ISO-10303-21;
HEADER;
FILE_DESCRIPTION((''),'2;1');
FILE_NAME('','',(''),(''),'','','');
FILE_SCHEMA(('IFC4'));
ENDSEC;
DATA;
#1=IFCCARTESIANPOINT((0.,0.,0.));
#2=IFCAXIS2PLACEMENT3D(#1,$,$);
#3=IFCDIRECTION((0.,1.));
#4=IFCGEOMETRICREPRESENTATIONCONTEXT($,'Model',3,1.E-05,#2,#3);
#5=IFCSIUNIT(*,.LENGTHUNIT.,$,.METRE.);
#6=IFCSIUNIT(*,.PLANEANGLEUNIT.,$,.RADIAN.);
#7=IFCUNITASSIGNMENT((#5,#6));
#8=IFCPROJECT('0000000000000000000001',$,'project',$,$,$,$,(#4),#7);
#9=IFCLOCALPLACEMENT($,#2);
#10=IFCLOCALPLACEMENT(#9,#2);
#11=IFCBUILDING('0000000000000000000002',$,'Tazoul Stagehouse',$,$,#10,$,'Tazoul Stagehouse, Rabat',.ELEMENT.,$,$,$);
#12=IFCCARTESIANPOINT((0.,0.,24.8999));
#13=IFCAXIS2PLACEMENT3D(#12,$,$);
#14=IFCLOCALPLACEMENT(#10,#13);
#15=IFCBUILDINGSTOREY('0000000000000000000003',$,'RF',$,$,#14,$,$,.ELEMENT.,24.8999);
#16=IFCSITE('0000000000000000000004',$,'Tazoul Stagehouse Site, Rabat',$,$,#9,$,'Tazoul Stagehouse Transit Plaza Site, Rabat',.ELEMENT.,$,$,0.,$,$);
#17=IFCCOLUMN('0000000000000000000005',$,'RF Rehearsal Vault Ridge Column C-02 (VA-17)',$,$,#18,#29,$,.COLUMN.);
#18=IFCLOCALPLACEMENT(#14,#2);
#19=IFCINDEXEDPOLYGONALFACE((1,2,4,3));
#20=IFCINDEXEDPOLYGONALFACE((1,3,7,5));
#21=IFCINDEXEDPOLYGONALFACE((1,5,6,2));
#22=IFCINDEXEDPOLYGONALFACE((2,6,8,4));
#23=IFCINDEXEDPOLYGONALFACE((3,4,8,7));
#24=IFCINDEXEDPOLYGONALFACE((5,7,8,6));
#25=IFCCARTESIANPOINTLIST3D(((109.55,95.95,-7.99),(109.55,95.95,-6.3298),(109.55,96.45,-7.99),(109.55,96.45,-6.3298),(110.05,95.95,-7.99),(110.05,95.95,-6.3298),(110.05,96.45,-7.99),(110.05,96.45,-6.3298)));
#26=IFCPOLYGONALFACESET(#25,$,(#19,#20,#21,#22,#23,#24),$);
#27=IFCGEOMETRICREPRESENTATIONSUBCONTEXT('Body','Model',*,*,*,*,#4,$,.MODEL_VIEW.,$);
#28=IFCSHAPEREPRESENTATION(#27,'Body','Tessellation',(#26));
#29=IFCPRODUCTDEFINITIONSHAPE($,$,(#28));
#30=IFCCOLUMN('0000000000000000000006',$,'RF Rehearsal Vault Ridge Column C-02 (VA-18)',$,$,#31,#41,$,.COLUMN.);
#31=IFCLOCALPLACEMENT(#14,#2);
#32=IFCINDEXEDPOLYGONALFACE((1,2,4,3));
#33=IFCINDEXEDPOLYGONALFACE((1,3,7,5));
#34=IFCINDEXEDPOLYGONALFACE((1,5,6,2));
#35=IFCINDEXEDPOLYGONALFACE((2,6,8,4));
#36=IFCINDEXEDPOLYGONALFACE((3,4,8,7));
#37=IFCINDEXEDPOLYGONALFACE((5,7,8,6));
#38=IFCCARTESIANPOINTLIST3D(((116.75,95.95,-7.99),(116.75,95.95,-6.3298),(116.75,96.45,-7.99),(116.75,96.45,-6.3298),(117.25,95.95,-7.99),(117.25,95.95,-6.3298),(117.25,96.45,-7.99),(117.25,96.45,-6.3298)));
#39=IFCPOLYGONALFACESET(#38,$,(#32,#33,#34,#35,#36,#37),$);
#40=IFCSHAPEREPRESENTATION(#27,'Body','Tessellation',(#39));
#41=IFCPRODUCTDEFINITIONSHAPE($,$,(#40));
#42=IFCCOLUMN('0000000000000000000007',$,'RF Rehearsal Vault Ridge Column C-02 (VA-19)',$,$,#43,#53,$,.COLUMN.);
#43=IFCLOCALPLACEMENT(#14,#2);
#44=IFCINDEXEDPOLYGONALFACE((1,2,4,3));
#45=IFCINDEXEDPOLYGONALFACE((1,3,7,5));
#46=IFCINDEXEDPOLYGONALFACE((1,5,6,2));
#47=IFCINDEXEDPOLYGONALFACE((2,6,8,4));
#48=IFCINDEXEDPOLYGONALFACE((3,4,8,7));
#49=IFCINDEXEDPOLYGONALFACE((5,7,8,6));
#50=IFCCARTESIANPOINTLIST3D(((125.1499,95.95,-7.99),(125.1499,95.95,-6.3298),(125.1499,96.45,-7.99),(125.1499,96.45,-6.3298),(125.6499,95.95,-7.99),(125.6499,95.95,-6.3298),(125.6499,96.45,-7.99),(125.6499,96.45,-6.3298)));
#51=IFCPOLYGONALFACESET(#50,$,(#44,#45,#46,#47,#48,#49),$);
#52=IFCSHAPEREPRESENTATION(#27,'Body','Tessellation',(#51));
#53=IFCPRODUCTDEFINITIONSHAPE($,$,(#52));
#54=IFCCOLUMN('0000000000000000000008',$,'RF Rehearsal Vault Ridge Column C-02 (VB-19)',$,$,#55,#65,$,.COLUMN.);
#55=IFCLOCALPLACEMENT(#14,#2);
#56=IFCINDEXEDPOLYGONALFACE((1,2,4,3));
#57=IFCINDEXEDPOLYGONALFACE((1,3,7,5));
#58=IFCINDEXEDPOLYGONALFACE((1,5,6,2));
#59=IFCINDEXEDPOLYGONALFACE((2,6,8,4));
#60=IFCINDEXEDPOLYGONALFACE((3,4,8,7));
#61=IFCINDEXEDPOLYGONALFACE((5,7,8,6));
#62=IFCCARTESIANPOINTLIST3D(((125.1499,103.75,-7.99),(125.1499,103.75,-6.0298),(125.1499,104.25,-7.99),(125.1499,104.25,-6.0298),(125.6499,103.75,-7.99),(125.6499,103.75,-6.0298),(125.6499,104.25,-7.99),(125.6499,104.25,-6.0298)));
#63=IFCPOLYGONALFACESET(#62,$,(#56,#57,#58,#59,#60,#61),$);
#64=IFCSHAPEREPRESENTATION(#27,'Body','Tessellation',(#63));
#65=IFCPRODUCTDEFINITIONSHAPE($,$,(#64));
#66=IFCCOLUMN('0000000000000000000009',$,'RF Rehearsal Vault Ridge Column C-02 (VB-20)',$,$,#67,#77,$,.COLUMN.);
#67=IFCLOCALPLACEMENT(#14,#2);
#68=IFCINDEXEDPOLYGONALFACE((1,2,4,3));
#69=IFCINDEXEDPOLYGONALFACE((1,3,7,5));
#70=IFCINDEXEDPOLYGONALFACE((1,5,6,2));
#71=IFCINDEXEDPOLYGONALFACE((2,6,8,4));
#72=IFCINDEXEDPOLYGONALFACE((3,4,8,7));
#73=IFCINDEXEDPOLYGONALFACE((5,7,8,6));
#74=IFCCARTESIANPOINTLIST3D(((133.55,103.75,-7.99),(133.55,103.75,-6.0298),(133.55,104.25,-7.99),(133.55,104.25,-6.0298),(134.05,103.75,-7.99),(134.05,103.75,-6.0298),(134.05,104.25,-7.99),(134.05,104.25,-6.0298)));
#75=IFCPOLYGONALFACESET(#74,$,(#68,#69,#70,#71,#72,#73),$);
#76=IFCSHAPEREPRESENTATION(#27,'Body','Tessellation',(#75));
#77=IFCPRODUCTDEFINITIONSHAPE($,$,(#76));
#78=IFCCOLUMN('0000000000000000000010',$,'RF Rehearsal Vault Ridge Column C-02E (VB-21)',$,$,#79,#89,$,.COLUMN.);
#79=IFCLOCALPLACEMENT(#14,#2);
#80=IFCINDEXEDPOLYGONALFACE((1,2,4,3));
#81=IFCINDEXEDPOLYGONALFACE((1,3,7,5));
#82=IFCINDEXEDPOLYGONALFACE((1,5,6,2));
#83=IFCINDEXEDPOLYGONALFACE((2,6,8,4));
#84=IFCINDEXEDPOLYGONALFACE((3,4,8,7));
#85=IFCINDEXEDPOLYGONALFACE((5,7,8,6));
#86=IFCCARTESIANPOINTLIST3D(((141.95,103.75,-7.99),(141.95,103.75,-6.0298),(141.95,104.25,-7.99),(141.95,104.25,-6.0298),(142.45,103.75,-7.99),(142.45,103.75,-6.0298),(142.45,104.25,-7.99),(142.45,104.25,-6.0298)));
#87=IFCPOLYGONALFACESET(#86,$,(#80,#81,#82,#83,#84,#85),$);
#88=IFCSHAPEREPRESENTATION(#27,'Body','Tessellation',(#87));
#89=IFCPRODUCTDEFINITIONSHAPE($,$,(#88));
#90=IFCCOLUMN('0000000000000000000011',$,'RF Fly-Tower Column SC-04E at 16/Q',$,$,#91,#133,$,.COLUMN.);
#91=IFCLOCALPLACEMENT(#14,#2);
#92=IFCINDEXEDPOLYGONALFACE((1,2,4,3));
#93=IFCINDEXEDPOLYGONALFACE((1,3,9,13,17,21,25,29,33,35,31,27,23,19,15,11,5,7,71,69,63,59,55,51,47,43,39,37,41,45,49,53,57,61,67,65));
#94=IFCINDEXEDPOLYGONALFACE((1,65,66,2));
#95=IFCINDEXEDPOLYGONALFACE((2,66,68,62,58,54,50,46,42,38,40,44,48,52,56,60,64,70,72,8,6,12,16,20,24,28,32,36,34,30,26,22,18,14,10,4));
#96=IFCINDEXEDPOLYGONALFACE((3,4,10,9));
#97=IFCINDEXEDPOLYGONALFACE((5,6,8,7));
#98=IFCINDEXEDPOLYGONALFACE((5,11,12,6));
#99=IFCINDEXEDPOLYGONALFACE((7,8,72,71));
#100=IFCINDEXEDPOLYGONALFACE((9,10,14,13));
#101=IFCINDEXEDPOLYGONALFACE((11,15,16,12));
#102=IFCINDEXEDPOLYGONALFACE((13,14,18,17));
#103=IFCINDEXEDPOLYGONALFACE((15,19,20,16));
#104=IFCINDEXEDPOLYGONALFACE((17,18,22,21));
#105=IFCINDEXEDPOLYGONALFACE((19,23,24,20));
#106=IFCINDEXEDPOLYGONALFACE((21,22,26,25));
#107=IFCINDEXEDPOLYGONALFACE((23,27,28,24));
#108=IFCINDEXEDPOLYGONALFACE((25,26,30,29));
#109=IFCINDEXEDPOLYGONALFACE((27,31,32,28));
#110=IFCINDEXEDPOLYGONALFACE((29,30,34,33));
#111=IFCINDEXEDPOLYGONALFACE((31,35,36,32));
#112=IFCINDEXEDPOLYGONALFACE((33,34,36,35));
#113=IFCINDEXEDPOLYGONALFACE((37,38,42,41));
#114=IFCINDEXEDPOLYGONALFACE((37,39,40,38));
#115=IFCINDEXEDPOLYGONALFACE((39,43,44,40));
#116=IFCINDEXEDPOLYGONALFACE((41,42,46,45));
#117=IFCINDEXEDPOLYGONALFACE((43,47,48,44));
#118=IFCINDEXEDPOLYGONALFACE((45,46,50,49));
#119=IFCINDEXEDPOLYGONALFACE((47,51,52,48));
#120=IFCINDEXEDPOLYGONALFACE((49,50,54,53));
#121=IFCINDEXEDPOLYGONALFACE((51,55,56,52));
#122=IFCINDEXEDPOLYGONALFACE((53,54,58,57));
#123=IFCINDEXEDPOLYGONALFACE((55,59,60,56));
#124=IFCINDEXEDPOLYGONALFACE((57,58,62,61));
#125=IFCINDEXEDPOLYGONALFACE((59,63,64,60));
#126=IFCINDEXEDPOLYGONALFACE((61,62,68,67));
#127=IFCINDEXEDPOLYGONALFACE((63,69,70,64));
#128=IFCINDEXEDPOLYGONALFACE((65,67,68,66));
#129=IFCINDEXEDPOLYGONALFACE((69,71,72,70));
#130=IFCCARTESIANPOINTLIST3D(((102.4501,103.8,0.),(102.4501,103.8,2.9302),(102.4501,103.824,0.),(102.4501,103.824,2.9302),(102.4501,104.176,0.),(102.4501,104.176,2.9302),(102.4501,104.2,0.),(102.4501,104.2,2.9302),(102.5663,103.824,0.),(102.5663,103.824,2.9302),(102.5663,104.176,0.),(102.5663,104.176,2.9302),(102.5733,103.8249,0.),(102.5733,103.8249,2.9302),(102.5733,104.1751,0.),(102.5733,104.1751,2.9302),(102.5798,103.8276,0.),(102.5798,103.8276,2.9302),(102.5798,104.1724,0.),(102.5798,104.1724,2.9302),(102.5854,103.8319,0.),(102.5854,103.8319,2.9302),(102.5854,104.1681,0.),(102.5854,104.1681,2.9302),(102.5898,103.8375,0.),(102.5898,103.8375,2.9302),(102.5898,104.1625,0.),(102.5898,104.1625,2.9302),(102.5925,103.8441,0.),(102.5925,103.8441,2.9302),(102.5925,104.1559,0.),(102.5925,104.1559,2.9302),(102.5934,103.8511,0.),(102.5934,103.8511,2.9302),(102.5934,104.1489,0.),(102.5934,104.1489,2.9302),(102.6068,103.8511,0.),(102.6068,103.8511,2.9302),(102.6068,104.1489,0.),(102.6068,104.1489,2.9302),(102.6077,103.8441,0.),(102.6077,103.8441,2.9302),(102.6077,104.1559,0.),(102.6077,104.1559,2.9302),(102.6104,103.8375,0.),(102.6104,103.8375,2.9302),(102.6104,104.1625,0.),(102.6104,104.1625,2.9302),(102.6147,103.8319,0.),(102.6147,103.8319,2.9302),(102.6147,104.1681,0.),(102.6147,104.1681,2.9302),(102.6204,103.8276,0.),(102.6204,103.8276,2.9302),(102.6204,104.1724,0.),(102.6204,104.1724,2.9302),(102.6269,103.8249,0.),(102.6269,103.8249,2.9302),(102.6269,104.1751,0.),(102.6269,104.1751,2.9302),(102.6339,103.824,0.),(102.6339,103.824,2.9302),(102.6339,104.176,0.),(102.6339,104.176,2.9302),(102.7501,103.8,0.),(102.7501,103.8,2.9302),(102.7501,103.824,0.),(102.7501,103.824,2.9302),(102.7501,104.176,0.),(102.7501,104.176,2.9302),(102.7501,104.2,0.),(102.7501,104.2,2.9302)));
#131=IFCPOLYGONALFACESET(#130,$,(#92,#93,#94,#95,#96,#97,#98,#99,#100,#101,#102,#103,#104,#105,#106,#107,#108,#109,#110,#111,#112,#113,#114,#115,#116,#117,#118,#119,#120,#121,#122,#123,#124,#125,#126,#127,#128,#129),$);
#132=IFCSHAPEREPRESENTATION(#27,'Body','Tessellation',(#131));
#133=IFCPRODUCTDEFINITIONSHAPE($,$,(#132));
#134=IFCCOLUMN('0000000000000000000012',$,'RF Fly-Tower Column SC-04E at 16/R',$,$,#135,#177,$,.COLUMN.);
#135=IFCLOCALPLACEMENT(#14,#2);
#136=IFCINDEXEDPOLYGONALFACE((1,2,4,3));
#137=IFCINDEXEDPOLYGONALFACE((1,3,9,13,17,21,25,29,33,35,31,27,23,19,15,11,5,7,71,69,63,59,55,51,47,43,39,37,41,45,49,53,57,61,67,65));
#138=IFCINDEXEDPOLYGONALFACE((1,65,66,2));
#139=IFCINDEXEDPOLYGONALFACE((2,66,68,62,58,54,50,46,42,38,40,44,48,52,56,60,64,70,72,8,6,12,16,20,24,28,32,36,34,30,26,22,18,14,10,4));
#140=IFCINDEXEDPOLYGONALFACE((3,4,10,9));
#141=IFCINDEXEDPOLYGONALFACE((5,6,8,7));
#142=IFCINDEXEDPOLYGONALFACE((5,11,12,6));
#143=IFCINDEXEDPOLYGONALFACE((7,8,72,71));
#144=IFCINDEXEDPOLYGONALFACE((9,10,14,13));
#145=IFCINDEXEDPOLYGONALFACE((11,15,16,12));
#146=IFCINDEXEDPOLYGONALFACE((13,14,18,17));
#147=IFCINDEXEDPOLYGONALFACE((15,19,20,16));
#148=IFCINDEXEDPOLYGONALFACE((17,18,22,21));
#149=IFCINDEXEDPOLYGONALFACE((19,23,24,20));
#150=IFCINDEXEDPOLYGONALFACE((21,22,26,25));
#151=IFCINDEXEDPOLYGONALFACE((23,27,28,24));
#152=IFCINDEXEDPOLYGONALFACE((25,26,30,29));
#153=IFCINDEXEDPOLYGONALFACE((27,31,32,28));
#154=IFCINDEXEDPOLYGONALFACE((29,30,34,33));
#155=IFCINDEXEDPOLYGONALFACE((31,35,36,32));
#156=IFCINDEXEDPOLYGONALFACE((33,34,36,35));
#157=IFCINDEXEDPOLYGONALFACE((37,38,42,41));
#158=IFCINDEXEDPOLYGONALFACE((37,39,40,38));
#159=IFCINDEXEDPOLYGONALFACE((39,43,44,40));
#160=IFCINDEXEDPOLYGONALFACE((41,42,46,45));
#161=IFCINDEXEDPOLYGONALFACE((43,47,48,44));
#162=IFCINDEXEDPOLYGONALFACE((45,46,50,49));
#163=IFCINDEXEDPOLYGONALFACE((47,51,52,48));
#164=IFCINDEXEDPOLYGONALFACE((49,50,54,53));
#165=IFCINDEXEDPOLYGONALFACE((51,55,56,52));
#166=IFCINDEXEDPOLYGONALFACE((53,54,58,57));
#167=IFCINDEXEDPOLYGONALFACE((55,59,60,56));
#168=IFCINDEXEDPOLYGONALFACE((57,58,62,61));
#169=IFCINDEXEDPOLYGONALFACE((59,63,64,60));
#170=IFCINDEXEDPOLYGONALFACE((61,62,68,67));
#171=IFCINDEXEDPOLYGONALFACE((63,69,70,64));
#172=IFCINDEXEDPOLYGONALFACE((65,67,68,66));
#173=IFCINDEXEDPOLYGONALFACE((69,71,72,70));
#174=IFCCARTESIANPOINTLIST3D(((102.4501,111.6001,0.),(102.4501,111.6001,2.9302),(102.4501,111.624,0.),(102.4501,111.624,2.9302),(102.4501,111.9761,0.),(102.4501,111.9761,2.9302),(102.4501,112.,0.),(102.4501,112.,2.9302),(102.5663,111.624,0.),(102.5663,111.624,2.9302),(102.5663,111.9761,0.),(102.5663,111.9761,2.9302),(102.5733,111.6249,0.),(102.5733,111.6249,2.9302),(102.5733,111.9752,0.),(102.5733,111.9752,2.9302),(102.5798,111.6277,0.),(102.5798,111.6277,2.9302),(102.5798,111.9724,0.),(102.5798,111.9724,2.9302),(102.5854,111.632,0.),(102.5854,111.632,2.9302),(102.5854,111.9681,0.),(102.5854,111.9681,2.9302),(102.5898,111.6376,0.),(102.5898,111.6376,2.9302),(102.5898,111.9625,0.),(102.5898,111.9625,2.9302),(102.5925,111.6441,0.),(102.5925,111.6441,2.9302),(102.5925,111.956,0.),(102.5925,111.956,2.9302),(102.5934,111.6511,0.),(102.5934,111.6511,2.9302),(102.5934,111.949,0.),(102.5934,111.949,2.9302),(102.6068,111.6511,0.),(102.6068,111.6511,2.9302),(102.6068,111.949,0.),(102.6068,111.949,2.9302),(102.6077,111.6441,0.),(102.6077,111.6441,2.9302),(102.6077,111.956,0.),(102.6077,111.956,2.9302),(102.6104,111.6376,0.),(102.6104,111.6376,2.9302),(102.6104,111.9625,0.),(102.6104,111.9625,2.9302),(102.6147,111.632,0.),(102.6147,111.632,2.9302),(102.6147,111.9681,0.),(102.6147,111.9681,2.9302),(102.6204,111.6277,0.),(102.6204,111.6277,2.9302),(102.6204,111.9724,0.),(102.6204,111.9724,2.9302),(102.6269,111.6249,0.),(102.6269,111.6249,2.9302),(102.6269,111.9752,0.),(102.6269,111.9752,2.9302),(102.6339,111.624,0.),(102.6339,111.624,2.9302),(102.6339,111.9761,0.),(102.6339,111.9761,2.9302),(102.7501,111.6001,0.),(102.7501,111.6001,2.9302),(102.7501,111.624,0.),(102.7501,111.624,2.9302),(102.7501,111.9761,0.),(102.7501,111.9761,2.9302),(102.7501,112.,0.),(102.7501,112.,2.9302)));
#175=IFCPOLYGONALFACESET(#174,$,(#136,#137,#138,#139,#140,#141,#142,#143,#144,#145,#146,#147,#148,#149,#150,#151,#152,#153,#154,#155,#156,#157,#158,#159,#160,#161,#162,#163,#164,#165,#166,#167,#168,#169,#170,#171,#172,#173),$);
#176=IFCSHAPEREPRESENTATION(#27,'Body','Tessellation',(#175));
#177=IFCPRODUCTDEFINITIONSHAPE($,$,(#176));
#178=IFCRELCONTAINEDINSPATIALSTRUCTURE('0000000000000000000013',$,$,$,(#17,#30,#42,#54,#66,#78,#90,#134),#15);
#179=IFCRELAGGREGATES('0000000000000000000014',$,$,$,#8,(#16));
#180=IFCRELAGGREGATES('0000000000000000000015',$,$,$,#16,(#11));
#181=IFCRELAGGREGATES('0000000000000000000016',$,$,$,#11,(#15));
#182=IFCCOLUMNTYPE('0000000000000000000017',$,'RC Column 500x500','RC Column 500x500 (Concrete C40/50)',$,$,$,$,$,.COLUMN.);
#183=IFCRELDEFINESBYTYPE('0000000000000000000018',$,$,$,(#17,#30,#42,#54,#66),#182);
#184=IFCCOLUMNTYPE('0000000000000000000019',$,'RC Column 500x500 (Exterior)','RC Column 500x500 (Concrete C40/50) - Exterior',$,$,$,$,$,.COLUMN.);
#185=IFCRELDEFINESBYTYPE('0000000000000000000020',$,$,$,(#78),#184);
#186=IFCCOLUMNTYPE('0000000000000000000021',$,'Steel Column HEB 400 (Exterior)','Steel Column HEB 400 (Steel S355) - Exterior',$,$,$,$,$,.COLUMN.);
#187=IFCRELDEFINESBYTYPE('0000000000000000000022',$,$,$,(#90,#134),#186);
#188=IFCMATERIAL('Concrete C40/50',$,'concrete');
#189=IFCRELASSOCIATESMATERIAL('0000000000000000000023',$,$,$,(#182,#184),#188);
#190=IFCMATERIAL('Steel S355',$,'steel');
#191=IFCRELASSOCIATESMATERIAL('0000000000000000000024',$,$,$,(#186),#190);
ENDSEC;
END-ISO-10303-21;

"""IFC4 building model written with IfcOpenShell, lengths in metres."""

from ifc_helpers import new_model, si_unit, direction, frame, origin, origin_2d, place, context, subcontext, project, spatial, rectangle, i_section, extrude, material, material_profile, profile_set, type_object, element, save


model = new_model("IFC4")

# Units and contexts
model_context = context("Model", 3, precision=1e-05, world=origin(), true_north=direction((0.0, 1.0)))
body_context = subcontext(model_context, "Body", "Model", "MODEL_VIEW")
ifc_project = project(units=[si_unit("LENGTHUNIT", "METRE"), si_unit("PLANEANGLEUNIT", "RADIAN")], contexts=[model_context])

# Site, building, storey
site_placement = place(None, origin())
site = spatial("IfcSite", under=ifc_project, at=site_placement, Name="Tazoul Stagehouse Site, Rabat", LongName="Tazoul Stagehouse Transit Plaza Site, Rabat", CompositionType="ELEMENT", RefElevation=0.0)
building_placement = place(site_placement, origin())
building = spatial("IfcBuilding", under=site, at=building_placement, Name="Tazoul Stagehouse", LongName="Tazoul Stagehouse, Rabat", CompositionType="ELEMENT")
storey_placement = place(building_placement, frame((0.0, 0.0, 24.8999)))
storey = spatial("IfcBuildingStorey", under=building, at=storey_placement, Name="RF", CompositionType="ELEMENT", Elevation=24.8999)

# Columns
ifc_material_1 = material(Name="Concrete C40/50", Category="concrete")
ifc_material_profile_1 = material_profile(ifc_material_1, rectangle(XDim=0.5, YDim=0.5, at=origin_2d()), Name="RC 500x500")
ifc_profile_set_1 = profile_set([ifc_material_profile_1], Name="Concrete C40/50")
column_type_1 = type_object("IfcColumnType", Name="RC Column 500x500", Description="RC Column 500x500 (Concrete C40/50)", PredefinedType="COLUMN", material=ifc_profile_set_1)
for number, where, z_axis, x_axis, name in (
    (1, (109.8, 96.2, -7.99), (0.0, 0.0, 1.0), (1.0, 0.0, 0.0), "RF Rehearsal Vault Ridge Column C-02 (VA-17)"),
    (2, (117.0, 96.2, -7.99), (0.0, 0.0, 1.0), (1.0, 0.0, 0.0), "RF Rehearsal Vault Ridge Column C-02 (VA-18)"),
    (3, (125.3999, 96.2, -7.99), (0.0, 0.0, 1.0), (1.0, 0.0, 0.0), "RF Rehearsal Vault Ridge Column C-02 (VA-19)"),
):
    element("IfcColumn", number, at=place(storey_placement, frame(where, z_axis=z_axis, x_axis=x_axis)), inside=storey, type_object=column_type_1, Name=name, PredefinedType="COLUMN", context=body_context, shape_type="SweptSolid", body=[
        extrude(rectangle(XDim=0.5, YDim=0.5, at=origin_2d()), origin(), (0.0, 0.0, 1.0), 1.6602),
    ])
for number, where, z_axis, x_axis, name in (
    (4, (125.3999, 104.0, -7.99), (0.0, 0.0, 1.0), (1.0, 0.0, 0.0), "RF Rehearsal Vault Ridge Column C-02 (VB-19)"),
    (5, (133.8, 104.0, -7.99), (0.0, 0.0, 1.0), (1.0, 0.0, 0.0), "RF Rehearsal Vault Ridge Column C-02 (VB-20)"),
):
    element("IfcColumn", number, at=place(storey_placement, frame(where, z_axis=z_axis, x_axis=x_axis)), inside=storey, type_object=column_type_1, Name=name, PredefinedType="COLUMN", context=body_context, shape_type="SweptSolid", body=[
        extrude(rectangle(XDim=0.5, YDim=0.5, at=origin_2d()), origin(), (0.0, 0.0, 1.0), 1.9602),
    ])
ifc_material_profile_2 = material_profile(ifc_material_1, rectangle(XDim=0.5, YDim=0.5, at=origin_2d()), Name="RC 500x500")
ifc_profile_set_2 = profile_set([ifc_material_profile_2], Name="Concrete C40/50")
column_type_2 = type_object("IfcColumnType", Name="RC Column 500x500 (Exterior)", Description="RC Column 500x500 (Concrete C40/50) - Exterior", PredefinedType="COLUMN", material=ifc_profile_set_2)
column_placement = place(storey_placement, frame((142.2, 104.0, -7.99), z_axis=(0.0, 0.0, 1.0), x_axis=(1.0, 0.0, 0.0)))
element("IfcColumn", 6, at=column_placement, inside=storey, type_object=column_type_2, Name="RF Rehearsal Vault Ridge Column C-02E (VB-21)", PredefinedType="COLUMN", context=body_context, shape_type="SweptSolid", body=[
    extrude(rectangle(XDim=0.5, YDim=0.5, at=origin_2d()), origin(), (0.0, 0.0, 1.0), 1.9602),
])
ifc_material_2 = material(Name="Steel S355", Category="steel")
ifc_material_profile_3 = material_profile(ifc_material_2, i_section(OverallWidth=0.3, OverallDepth=0.3999, WebThickness=0.0134, FlangeThickness=0.0239, FilletRadius=0.0271, at=origin_2d()), Name="HEB 400")
ifc_profile_set_3 = profile_set([ifc_material_profile_3], Name="Steel S355")
column_type_3 = type_object("IfcColumnType", Name="Steel Column HEB 400 (Exterior)", Description="Steel Column HEB 400 (Steel S355) - Exterior", PredefinedType="COLUMN", material=ifc_profile_set_3)
for number, where, z_axis, x_axis, name in (
    (7, (102.6001, 104.0, 0.0), (0.0, 0.0, 1.0), (1.0, 0.0, 0.0), "RF Fly-Tower Column SC-04E at 16/Q"),
    (8, (102.6001, 111.8, 0.0), (0.0, 0.0, 1.0), (1.0, 0.0, 0.0), "RF Fly-Tower Column SC-04E at 16/R"),
):
    element("IfcColumn", number, at=place(storey_placement, frame(where, z_axis=z_axis, x_axis=x_axis)), inside=storey, type_object=column_type_3, Name=name, PredefinedType="COLUMN", context=body_context, shape_type="SweptSolid", body=[
        extrude(i_section(OverallWidth=0.3, OverallDepth=0.3999, WebThickness=0.0134, FlangeThickness=0.0239, FilletRadius=0.0271, at=origin_2d()), origin(), (0.0, 0.0, 1.0), 2.9302),
    ])

save(model, "model.ifc")
